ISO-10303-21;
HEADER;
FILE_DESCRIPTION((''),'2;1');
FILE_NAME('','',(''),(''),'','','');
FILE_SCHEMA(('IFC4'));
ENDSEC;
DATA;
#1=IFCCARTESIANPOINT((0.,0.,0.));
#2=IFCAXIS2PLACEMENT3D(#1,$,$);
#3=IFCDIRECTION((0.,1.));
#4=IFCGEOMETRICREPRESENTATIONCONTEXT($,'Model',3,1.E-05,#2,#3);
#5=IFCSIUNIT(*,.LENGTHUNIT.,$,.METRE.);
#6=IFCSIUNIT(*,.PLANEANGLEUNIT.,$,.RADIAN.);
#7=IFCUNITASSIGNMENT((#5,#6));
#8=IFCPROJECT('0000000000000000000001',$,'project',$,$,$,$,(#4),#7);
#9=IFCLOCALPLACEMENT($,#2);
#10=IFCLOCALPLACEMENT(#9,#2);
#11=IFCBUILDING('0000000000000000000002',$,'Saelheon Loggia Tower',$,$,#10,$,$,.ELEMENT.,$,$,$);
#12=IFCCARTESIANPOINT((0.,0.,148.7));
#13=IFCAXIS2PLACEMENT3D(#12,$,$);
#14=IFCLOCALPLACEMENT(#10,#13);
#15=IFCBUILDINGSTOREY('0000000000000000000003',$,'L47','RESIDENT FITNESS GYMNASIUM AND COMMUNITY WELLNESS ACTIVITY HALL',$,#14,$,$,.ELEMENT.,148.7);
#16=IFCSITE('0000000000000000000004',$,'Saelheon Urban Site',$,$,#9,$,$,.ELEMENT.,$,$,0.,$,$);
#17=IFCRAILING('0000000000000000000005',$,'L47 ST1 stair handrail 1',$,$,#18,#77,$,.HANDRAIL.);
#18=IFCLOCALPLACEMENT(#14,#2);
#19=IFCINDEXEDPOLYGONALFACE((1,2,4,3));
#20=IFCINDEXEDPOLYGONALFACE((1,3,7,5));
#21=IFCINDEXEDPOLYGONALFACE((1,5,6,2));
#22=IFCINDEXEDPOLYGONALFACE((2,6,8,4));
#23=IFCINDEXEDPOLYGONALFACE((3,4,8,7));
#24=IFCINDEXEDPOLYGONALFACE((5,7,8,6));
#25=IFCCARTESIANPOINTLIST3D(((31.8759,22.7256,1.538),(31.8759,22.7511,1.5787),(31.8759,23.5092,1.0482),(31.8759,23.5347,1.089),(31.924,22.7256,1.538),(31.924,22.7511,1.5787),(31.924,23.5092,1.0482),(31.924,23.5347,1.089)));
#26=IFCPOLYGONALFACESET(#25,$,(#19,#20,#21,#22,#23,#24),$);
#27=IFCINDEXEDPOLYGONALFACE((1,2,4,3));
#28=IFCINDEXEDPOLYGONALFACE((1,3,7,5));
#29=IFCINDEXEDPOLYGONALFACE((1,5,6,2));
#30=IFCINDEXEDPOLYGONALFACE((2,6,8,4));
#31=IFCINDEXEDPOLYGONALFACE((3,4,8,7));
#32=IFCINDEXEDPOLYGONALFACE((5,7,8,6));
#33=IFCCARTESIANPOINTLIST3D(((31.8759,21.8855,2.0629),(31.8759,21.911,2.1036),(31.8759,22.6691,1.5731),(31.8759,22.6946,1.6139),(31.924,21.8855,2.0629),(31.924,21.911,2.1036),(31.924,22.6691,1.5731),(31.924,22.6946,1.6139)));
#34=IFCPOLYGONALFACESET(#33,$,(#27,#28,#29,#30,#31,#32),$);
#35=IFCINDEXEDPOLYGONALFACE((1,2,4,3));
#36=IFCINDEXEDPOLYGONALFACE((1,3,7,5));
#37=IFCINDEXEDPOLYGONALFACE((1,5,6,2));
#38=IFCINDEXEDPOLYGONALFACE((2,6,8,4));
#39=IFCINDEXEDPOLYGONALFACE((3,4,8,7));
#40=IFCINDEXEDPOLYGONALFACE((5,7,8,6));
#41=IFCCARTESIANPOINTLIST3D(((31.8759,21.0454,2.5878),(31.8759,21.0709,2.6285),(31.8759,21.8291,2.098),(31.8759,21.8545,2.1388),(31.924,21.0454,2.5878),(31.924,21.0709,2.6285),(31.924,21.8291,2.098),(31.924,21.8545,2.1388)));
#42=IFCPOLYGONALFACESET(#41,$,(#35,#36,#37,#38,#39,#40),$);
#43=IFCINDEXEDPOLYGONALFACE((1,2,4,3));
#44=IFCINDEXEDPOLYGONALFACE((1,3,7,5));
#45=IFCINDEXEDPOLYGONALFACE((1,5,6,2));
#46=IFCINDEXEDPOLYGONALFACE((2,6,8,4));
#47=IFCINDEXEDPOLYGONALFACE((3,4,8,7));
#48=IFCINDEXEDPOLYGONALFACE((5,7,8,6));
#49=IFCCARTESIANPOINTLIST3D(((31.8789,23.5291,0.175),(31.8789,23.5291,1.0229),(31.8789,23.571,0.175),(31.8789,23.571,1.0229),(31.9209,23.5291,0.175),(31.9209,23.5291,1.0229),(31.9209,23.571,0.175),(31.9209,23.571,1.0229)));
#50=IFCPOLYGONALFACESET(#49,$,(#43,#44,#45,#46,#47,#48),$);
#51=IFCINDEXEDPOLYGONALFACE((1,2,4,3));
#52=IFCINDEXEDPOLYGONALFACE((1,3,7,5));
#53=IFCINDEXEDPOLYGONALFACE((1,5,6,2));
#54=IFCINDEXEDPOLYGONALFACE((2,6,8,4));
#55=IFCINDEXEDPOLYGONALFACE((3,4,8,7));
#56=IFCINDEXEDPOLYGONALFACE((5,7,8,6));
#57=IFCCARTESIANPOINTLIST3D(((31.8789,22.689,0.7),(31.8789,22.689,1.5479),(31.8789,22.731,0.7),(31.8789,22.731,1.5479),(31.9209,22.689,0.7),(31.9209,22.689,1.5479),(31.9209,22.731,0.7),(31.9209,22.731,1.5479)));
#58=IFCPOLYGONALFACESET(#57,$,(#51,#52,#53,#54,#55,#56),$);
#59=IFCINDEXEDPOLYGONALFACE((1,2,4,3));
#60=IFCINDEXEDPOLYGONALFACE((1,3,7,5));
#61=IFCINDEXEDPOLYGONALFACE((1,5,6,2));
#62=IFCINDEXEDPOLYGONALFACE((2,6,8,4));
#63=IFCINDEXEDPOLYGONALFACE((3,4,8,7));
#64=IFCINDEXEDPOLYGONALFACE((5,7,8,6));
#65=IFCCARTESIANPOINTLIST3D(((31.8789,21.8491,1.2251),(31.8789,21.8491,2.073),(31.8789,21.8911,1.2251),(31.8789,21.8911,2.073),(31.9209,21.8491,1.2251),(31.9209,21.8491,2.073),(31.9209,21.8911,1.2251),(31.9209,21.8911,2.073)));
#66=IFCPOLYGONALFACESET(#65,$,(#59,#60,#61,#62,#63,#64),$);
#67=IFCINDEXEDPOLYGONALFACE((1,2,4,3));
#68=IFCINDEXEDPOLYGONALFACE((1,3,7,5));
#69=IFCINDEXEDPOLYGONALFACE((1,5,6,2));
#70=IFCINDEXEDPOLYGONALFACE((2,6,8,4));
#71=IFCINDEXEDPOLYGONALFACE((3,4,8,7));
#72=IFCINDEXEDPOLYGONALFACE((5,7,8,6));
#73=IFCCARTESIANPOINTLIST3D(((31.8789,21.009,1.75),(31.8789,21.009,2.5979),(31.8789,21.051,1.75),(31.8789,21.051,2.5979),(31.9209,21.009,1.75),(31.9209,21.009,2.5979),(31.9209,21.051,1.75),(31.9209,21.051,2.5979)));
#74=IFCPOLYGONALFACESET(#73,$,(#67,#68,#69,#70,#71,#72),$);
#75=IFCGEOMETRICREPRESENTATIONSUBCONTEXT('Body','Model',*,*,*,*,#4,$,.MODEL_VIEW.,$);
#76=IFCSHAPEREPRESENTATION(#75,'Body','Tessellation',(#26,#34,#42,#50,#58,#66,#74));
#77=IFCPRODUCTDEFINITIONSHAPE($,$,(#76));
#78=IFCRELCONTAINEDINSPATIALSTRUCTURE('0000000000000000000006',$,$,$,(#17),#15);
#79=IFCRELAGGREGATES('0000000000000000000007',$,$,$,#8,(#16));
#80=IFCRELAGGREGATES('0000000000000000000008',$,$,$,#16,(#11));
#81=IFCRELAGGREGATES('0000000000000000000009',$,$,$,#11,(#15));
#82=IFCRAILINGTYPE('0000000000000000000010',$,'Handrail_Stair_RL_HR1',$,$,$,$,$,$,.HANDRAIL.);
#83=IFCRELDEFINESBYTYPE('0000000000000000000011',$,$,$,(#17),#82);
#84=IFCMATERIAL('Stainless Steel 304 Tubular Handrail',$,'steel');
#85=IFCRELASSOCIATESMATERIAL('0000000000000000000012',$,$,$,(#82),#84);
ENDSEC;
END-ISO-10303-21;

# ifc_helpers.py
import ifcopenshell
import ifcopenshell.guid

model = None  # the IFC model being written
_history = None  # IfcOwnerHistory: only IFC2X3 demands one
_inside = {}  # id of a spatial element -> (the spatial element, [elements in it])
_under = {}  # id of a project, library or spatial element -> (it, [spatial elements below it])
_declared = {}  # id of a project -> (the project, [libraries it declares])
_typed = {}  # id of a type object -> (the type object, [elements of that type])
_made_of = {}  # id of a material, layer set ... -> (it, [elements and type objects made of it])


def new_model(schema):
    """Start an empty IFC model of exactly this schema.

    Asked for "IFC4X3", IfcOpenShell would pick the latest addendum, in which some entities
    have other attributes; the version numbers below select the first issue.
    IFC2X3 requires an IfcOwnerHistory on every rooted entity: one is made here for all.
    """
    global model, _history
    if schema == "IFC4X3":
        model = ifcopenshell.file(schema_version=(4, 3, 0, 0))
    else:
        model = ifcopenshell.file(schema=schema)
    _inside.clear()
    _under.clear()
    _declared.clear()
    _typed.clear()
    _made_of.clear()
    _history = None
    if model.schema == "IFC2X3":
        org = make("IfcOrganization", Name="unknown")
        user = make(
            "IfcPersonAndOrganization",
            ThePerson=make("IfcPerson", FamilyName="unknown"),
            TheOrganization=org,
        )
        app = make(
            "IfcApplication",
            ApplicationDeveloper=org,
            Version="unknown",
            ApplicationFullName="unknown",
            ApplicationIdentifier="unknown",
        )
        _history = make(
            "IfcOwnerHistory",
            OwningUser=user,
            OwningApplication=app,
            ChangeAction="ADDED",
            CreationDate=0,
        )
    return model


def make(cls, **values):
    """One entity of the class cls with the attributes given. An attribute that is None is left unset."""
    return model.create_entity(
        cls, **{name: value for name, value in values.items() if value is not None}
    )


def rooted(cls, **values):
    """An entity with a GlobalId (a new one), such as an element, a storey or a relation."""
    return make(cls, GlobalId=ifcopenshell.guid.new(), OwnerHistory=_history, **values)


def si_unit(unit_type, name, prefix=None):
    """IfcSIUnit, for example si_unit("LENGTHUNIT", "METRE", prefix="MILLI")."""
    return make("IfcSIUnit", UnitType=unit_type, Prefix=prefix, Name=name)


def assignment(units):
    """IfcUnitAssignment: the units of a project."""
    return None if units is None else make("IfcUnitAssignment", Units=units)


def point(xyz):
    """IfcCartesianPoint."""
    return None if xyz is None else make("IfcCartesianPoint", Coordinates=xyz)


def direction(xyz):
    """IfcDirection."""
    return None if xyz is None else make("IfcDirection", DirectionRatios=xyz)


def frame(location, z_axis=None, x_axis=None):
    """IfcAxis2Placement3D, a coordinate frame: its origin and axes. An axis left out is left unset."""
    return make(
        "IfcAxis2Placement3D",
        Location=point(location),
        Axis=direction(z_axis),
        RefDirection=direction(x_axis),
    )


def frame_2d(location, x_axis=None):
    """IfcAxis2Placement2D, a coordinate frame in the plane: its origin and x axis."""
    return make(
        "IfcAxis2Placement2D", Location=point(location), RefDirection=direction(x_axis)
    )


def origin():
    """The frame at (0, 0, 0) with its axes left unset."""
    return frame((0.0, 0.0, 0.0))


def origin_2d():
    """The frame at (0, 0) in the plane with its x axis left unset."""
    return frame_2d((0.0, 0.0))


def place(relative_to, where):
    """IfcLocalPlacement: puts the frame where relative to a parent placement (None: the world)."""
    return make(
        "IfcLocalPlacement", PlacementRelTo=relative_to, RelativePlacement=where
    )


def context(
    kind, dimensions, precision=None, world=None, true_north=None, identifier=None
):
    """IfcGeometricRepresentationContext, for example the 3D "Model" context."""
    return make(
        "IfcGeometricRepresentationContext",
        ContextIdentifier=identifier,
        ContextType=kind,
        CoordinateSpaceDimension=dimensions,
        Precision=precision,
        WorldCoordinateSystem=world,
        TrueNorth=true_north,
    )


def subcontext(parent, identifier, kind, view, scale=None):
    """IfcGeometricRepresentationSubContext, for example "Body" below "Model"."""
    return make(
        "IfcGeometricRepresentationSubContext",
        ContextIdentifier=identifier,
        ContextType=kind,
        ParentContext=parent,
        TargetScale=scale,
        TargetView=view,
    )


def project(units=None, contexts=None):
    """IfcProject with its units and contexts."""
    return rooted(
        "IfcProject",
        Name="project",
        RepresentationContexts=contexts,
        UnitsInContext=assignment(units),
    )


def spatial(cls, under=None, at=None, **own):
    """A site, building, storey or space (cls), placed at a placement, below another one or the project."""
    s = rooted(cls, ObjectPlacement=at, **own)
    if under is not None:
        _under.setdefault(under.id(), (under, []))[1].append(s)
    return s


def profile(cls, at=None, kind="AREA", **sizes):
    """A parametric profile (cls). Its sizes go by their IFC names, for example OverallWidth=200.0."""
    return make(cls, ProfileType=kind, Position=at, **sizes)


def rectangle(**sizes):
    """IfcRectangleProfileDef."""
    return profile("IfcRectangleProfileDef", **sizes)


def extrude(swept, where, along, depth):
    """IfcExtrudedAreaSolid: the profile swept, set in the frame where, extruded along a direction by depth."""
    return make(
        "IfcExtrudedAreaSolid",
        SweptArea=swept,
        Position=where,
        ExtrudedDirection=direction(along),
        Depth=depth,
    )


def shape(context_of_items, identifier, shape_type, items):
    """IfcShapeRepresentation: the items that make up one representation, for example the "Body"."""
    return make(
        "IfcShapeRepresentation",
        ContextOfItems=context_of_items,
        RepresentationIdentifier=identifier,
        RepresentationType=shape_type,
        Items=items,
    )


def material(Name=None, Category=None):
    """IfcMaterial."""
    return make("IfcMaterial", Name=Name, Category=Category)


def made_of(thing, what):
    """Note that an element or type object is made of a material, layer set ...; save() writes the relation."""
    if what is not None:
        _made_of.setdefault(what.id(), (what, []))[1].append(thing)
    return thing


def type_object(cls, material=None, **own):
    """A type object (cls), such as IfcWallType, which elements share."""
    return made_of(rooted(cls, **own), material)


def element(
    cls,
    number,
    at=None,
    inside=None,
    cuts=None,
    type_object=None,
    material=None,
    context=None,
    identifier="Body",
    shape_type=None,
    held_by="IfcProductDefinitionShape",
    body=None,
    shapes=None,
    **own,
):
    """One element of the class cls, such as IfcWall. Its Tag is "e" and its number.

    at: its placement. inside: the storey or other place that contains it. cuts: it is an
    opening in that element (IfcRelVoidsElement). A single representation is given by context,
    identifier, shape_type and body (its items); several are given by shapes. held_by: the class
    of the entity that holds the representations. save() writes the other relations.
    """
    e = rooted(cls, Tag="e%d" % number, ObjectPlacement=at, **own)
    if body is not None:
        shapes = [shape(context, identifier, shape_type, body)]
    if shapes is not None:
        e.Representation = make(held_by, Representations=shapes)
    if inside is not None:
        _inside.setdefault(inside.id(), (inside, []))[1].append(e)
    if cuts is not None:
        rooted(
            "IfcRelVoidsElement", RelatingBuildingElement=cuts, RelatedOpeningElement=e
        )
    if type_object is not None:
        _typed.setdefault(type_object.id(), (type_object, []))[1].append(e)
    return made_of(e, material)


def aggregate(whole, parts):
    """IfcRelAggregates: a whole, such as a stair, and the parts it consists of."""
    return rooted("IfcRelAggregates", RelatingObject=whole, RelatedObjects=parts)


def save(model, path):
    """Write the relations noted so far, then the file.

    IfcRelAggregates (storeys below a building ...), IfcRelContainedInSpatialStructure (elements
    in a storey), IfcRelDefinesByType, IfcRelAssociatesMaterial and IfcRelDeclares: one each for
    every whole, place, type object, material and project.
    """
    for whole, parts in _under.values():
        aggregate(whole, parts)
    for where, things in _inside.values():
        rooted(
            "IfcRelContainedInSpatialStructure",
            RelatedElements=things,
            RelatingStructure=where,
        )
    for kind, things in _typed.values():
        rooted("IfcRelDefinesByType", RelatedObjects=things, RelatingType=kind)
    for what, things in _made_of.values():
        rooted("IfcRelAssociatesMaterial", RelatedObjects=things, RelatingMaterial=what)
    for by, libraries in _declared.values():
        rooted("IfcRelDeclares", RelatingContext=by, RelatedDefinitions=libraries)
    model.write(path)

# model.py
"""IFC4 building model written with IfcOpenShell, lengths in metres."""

from ifc_helpers import new_model, si_unit, direction, frame, origin, origin_2d, place, context, subcontext, project, spatial, rectangle, extrude, material, type_object, element, save


model = new_model("IFC4")

# Units and contexts
model_context = context("Model", 3, precision=1e-05, world=origin(), true_north=direction((0.0, 1.0)))
body_context = subcontext(model_context, "Body", "Model", "MODEL_VIEW")
ifc_project = project(units=[si_unit("LENGTHUNIT", "METRE"), si_unit("PLANEANGLEUNIT", "RADIAN")], contexts=[model_context])

# Site, building, storey
site_placement = place(None, origin())
site = spatial("IfcSite", under=ifc_project, at=site_placement, Name="Saelheon Urban Site", CompositionType="ELEMENT", RefElevation=0.0)
building_placement = place(site_placement, origin())
building = spatial("IfcBuilding", under=site, at=building_placement, Name="Saelheon Loggia Tower", CompositionType="ELEMENT")
storey_placement = place(building_placement, frame((0.0, 0.0, 148.7)))
storey = spatial("IfcBuildingStorey", under=building, at=storey_placement, Name="L47", Description="RESIDENT FITNESS GYMNASIUM AND COMMUNITY WELLNESS ACTIVITY HALL", CompositionType="ELEMENT", Elevation=148.7)

# Railing
ifc_material_1 = material(Name="Stainless Steel 304 Tubular Handrail", Category="steel")
railing_type_1 = type_object("IfcRailingType", Name="Handrail_Stair_RL_HR1", PredefinedType="HANDRAIL", material=ifc_material_1)
railing_1_placement = place(storey_placement, frame((31.8999, 23.55, 0.175)))
element("IfcRailing", 1, at=railing_1_placement, inside=storey, type_object=railing_type_1, Name="L47 ST1 stair handrail 1", PredefinedType="HANDRAIL", context=body_context, shape_type="SweptSolid", body=[
    extrude(rectangle(XDim=0.0481, YDim=0.0481, at=origin_2d()), frame((0.0, -0.0281, 0.8936), z_axis=(0.0, -0.848008, 0.529984), x_axis=(1.0, 0.0, 0.0)), (0.0, 0.0, 1.0), 0.9241),
    extrude(rectangle(XDim=0.0481, YDim=0.0481, at=origin_2d()), frame((0.0, -0.8682, 1.4185), z_axis=(0.0, -0.848008, 0.529984), x_axis=(1.0, 0.0, 0.0)), (0.0, 0.0, 1.0), 0.9241),
    extrude(rectangle(XDim=0.0481, YDim=0.0481, at=origin_2d()), frame((0.0, -1.7083, 1.9434), z_axis=(0.0, -0.848008, 0.529984), x_axis=(1.0, 0.0, 0.0)), (0.0, 0.0, 1.0), 0.9241),
    extrude(rectangle(XDim=0.042, YDim=0.042, at=origin_2d()), origin(), (0.0, 0.0, 1.0), 0.8479),
    extrude(rectangle(XDim=0.042, YDim=0.042, at=origin_2d()), frame((0.0, -0.8401, 0.5249)), (0.0, 0.0, 1.0), 0.8479),
    extrude(rectangle(XDim=0.042, YDim=0.042, at=origin_2d()), frame((0.0, -1.6799, 1.05)), (0.0, 0.0, 1.0), 0.8479),
    extrude(rectangle(XDim=0.042, YDim=0.042, at=origin_2d()), frame((0.0, -2.52, 1.575)), (0.0, 0.0, 1.0), 0.8479),
])

save(model, "model.ifc")
